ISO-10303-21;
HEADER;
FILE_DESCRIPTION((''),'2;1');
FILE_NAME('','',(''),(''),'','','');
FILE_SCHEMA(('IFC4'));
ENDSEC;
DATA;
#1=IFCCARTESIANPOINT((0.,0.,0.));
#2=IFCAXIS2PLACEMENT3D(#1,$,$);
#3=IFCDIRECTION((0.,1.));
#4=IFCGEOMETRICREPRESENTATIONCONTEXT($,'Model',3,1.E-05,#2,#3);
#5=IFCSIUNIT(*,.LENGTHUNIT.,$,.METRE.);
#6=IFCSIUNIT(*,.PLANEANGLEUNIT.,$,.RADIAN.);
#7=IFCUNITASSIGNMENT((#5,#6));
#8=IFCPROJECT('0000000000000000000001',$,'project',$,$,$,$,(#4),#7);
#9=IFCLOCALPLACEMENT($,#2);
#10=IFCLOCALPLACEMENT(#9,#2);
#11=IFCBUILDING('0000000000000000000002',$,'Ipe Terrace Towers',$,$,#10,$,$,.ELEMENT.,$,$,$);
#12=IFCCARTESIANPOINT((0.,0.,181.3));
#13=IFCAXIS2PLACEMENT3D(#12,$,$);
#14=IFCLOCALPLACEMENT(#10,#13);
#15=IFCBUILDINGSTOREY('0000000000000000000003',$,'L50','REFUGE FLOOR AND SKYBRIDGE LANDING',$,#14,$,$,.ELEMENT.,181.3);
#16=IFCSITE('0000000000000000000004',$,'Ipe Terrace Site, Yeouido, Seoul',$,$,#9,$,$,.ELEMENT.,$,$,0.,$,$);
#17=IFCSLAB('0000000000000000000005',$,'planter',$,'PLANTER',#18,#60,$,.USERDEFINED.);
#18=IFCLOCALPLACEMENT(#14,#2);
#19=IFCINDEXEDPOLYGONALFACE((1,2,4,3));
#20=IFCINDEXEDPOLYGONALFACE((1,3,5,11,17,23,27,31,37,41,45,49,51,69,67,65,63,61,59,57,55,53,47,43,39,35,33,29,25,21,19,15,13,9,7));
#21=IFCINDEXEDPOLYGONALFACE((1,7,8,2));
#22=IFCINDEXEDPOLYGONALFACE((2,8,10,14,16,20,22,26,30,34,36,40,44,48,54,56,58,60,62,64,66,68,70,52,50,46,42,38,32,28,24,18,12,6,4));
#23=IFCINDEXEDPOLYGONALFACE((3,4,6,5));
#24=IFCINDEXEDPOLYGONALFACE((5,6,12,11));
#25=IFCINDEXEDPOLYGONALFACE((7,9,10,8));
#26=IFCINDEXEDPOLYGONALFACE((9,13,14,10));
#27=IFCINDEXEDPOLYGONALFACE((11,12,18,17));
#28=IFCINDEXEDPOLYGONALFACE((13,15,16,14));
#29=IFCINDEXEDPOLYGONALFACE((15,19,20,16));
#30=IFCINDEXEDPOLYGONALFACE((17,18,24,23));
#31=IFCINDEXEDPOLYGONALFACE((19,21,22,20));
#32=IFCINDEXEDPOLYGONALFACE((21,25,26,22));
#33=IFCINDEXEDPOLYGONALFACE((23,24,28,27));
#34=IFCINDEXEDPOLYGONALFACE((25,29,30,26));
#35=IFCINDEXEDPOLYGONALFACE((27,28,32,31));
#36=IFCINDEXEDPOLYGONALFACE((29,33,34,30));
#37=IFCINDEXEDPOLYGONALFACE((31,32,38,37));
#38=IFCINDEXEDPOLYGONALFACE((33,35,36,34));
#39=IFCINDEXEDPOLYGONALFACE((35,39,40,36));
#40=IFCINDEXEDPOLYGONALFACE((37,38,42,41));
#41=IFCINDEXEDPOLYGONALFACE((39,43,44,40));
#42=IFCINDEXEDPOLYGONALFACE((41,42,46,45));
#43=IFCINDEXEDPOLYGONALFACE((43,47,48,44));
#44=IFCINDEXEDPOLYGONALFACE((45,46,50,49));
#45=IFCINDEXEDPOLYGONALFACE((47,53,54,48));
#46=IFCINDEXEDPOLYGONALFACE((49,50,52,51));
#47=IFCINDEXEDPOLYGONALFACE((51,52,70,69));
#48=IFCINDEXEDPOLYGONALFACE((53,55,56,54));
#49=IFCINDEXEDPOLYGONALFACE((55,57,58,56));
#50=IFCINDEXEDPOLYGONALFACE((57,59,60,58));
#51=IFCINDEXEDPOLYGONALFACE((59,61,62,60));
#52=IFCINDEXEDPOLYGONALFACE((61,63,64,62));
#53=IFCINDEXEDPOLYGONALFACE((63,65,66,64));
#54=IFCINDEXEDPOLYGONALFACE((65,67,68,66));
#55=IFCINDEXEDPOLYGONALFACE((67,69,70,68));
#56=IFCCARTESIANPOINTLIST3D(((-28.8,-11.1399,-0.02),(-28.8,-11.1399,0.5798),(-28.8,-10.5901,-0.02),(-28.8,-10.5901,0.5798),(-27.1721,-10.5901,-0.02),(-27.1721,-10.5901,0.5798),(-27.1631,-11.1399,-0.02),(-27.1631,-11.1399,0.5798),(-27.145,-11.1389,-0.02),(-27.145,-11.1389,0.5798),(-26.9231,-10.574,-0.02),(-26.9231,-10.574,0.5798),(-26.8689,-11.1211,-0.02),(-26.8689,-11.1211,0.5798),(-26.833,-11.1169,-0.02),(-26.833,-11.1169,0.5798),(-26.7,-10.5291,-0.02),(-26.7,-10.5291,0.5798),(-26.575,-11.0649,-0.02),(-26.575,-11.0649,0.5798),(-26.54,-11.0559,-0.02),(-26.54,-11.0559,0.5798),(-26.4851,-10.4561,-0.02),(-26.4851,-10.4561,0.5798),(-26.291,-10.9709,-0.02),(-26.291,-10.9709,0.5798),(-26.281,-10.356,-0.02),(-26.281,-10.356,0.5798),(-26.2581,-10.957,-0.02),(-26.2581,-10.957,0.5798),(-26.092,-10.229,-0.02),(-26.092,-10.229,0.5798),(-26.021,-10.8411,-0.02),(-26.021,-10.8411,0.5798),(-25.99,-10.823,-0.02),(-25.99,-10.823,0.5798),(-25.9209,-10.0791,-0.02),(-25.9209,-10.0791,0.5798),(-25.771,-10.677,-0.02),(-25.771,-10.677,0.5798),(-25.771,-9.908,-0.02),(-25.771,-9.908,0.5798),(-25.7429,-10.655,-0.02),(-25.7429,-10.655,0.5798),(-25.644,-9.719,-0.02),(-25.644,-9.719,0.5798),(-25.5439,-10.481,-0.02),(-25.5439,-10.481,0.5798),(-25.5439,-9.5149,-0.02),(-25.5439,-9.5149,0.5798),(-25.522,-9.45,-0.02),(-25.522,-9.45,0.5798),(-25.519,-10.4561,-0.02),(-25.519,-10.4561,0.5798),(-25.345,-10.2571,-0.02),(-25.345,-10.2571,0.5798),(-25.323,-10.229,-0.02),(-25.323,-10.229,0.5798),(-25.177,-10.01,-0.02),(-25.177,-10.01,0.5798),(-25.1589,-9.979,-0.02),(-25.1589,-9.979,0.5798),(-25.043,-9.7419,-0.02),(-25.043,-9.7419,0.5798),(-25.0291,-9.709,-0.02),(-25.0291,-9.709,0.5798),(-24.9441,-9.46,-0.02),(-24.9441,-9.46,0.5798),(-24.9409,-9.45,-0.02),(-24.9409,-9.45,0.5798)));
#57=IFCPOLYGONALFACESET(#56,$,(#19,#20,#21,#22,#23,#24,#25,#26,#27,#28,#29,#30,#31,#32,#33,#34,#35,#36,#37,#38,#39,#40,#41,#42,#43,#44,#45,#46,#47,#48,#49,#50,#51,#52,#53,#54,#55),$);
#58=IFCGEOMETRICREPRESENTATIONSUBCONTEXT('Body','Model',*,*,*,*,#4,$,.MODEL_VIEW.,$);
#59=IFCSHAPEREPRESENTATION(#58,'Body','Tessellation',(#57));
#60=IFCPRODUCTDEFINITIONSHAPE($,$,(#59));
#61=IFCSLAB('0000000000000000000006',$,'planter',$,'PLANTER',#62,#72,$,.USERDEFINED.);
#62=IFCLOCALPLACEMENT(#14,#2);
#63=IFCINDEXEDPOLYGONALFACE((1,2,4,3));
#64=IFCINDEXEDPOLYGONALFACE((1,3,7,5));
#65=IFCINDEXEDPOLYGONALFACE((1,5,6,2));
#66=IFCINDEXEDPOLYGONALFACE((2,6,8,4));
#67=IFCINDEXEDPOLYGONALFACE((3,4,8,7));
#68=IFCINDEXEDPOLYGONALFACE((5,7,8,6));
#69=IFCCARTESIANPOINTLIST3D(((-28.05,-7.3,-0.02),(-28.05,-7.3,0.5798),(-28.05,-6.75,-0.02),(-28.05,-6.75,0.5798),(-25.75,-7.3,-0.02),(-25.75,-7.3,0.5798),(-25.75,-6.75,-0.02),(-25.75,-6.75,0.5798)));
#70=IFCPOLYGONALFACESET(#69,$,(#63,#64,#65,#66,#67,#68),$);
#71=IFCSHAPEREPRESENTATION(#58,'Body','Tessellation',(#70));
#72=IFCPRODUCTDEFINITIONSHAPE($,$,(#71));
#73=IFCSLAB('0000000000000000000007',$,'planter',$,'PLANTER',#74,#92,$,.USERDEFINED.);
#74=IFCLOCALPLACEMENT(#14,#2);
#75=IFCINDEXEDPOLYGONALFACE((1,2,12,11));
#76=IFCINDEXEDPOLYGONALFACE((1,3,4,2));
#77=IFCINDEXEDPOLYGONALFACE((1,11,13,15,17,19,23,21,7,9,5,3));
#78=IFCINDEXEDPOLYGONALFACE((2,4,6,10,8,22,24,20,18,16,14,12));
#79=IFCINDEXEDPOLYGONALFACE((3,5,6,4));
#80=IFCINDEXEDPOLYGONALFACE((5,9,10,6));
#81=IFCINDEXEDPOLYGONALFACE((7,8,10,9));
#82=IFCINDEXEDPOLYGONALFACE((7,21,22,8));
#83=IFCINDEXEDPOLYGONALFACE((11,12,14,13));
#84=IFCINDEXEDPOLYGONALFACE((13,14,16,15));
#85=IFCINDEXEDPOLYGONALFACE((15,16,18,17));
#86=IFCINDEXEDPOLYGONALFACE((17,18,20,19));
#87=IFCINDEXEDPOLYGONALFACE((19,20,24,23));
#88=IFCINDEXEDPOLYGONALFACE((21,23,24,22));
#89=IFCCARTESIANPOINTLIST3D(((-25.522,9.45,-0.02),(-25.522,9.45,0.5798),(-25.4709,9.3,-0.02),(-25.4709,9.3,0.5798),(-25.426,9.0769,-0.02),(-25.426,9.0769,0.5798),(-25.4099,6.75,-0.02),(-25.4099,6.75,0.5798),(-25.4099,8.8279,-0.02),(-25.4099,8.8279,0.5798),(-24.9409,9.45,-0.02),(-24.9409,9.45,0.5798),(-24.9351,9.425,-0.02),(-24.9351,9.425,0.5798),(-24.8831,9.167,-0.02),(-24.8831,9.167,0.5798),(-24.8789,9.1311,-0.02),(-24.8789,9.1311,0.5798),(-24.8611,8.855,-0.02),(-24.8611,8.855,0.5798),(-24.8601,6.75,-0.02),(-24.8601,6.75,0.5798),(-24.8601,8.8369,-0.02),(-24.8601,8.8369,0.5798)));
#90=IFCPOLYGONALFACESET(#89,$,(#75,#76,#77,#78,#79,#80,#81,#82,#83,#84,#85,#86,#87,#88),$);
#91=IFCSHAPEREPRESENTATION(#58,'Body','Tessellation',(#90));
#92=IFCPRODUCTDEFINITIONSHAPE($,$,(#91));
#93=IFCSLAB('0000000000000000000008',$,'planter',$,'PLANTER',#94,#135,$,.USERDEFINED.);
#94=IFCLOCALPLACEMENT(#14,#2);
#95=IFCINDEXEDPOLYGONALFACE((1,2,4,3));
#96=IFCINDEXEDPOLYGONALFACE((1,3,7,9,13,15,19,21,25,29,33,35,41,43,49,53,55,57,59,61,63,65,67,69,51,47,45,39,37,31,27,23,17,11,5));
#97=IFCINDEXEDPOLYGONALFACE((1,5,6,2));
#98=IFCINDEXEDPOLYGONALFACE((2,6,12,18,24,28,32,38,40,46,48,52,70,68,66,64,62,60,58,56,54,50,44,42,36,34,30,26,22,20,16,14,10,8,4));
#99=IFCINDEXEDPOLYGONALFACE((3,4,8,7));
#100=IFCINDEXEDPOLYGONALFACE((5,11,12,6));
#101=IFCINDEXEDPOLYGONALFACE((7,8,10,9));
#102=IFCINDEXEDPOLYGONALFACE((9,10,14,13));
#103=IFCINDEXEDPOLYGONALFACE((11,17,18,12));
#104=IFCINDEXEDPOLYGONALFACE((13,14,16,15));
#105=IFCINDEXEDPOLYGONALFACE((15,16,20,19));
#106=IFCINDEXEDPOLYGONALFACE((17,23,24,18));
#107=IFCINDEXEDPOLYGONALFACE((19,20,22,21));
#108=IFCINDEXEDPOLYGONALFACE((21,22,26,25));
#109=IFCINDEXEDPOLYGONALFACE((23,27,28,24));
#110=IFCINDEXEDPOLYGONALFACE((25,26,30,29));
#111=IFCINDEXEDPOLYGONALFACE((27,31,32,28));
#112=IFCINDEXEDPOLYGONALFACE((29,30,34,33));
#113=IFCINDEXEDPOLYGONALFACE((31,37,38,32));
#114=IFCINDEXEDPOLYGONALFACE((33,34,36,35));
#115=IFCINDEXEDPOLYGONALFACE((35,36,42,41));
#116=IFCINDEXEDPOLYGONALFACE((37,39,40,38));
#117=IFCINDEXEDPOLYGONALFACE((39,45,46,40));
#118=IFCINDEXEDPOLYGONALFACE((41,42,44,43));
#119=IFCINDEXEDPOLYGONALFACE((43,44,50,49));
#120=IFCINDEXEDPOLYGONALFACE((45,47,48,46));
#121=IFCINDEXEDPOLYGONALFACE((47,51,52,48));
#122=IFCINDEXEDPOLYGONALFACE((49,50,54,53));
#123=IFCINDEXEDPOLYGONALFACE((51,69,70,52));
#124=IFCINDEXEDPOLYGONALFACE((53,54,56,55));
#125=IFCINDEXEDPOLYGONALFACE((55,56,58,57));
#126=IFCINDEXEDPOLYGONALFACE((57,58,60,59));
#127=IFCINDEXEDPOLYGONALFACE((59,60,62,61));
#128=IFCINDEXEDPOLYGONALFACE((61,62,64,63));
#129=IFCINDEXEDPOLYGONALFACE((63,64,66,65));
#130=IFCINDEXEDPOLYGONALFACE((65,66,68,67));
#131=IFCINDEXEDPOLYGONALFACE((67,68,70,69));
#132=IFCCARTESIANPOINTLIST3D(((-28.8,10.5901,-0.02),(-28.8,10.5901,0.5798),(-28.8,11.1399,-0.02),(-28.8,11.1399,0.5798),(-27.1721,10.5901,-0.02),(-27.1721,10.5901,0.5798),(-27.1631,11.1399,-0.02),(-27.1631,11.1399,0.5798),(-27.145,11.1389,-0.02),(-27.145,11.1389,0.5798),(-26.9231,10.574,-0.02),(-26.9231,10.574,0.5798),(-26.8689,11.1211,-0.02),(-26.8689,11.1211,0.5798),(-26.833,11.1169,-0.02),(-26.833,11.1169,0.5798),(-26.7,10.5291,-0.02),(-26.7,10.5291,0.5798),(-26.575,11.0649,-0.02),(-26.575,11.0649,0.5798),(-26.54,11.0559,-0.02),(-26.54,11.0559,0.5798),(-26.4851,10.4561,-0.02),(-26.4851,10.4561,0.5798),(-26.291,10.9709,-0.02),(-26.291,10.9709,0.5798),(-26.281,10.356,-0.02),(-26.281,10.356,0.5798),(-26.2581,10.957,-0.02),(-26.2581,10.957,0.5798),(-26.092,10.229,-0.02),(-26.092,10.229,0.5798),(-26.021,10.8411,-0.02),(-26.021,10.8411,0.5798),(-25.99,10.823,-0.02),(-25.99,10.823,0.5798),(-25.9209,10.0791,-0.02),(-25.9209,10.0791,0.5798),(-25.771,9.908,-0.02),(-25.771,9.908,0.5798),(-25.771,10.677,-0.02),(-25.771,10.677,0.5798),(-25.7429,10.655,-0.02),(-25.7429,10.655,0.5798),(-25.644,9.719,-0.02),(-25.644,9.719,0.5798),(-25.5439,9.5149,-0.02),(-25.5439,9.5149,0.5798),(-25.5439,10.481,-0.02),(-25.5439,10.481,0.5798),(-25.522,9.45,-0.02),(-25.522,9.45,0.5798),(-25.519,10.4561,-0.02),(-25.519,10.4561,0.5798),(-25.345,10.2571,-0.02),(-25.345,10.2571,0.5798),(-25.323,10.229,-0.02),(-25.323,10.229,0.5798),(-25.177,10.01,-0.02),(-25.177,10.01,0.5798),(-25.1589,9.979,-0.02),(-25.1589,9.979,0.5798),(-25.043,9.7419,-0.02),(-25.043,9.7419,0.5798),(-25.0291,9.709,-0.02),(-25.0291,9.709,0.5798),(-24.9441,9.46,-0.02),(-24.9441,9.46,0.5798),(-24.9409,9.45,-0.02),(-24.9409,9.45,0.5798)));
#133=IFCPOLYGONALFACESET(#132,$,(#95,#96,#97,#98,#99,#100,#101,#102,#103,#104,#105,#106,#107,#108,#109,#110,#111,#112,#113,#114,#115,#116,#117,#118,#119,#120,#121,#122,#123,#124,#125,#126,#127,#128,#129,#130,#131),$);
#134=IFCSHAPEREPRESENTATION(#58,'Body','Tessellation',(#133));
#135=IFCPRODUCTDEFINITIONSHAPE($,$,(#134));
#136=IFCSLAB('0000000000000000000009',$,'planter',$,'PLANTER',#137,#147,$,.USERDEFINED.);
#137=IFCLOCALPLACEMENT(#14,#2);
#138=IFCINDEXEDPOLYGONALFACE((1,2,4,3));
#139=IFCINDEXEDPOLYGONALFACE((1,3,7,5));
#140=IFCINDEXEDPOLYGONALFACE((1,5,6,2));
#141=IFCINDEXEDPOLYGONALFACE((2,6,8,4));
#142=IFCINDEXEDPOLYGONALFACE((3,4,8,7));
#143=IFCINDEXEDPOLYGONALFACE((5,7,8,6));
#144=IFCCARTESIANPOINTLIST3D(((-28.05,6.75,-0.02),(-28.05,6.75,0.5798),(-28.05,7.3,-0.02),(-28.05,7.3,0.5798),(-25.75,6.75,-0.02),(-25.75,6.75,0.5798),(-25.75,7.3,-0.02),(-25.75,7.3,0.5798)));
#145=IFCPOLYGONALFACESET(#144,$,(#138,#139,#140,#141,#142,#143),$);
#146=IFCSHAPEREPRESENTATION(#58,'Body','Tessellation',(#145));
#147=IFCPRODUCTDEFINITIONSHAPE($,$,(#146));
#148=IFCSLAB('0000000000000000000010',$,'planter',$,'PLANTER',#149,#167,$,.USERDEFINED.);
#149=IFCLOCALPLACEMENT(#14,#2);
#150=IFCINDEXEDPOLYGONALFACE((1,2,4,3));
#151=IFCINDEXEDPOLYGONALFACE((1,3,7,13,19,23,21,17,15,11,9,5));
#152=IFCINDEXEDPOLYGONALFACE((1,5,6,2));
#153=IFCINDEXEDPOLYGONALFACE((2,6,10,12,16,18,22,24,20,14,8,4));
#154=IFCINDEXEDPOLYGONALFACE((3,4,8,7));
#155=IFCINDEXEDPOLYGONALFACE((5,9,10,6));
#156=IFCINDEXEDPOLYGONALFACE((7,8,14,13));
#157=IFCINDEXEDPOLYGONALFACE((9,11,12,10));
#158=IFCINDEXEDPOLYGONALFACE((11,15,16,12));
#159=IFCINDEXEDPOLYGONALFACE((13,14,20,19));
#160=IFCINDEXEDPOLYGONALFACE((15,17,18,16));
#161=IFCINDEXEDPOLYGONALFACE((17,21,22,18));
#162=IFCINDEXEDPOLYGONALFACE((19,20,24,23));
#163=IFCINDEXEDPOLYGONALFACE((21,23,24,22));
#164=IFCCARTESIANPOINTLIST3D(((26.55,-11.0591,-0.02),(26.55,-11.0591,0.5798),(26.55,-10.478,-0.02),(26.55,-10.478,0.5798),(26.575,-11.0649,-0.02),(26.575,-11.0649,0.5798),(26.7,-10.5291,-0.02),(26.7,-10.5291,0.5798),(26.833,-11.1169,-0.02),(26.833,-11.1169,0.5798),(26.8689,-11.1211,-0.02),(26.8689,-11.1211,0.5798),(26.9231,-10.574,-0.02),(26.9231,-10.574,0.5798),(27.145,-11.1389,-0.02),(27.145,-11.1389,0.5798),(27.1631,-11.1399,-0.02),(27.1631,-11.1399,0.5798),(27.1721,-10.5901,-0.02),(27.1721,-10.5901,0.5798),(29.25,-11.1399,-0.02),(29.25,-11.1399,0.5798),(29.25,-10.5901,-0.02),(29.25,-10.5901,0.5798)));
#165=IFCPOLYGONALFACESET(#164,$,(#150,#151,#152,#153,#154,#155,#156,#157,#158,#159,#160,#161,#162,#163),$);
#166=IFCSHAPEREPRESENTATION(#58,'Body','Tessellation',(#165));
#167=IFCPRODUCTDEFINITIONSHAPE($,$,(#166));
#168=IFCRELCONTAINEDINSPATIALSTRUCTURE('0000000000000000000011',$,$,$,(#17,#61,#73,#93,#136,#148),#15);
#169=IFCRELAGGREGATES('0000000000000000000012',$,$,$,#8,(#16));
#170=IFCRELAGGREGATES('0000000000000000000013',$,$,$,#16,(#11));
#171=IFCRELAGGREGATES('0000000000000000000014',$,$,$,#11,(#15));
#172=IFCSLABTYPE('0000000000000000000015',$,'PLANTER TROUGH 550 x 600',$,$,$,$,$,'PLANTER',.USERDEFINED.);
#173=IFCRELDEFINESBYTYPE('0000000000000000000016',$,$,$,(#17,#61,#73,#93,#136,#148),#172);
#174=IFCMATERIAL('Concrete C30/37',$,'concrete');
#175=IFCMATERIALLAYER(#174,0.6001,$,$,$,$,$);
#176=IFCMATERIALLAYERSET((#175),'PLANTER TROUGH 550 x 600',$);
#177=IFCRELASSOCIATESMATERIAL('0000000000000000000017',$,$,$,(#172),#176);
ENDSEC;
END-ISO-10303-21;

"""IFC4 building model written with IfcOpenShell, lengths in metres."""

from ifc_helpers import new_model, si_unit, direction, frame, origin, place, context, subcontext, project, spatial, polyline, outline, extrude, material, layer, layer_set, type_object, element, save


model = new_model("IFC4")

# Units and contexts
model_context = context("Model", 3, precision=1e-05, world=origin(), true_north=direction((0.0, 1.0)))
body_context = subcontext(model_context, "Body", "Model", "MODEL_VIEW")
ifc_project = project(units=[si_unit("LENGTHUNIT", "METRE"), si_unit("PLANEANGLEUNIT", "RADIAN")], contexts=[model_context])

# Site, building, storey
site_placement = place(None, origin())
site = spatial("IfcSite", under=ifc_project, at=site_placement, Name="Ipe Terrace Site, Yeouido, Seoul", CompositionType="ELEMENT", RefElevation=0.0)
building_placement = place(site_placement, origin())
building = spatial("IfcBuilding", under=site, at=building_placement, Name="Ipe Terrace Towers", CompositionType="ELEMENT")
storey_placement = place(building_placement, frame((0.0, 0.0, 181.3)))
storey = spatial("IfcBuildingStorey", under=building, at=storey_placement, Name="L50", Description="REFUGE FLOOR AND SKYBRIDGE LANDING", CompositionType="ELEMENT", Elevation=181.3)

# Slabs
ifc_material_1 = material(Name="Concrete C30/37", Category="concrete")
ifc_layer_1 = layer(ifc_material_1, 0.6001)
ifc_layer_set_1 = layer_set([ifc_layer_1], Name="PLANTER TROUGH 550 x 600")
slab_type_1 = type_object("IfcSlabType", Name="PLANTER TROUGH 550 x 600", ElementType="PLANTER", PredefinedType="USERDEFINED", material=ifc_layer_set_1)
slab_1_placement = place(storey_placement, frame((0.0, 0.0, -0.02)))
element("IfcSlab", 1, at=slab_1_placement, inside=storey, type_object=slab_type_1, Name="planter", ObjectType="PLANTER", PredefinedType="USERDEFINED", context=body_context, shape_type="SweptSolid", body=[
    extrude(outline(polyline([(-25.5439, -9.5149), (-25.644, -9.719), (-25.771, -9.908), (-25.9209, -10.0791), (-26.092, -10.229), (-26.281, -10.356), (-26.4851, -10.4561), (-26.7, -10.5291), (-26.9231, -10.574), (-27.1721, -10.5901), (-28.8, -10.5901), (-28.8, -11.1399), (-27.1631, -11.1399), (-27.145, -11.1389), (-26.8689, -11.1211), (-26.833, -11.1169), (-26.575, -11.0649), (-26.54, -11.0559), (-26.291, -10.9709), (-26.2581, -10.957), (-26.021, -10.8411), (-25.99, -10.823), (-25.771, -10.677), (-25.7429, -10.655), (-25.5439, -10.481), (-25.519, -10.4561), (-25.345, -10.2571), (-25.323, -10.229), (-25.177, -10.01), (-25.1589, -9.979), (-25.043, -9.7419), (-25.0291, -9.709), (-24.9441, -9.46), (-24.9409, -9.45), (-25.522, -9.45), (-25.5439, -9.5149)])), origin(), (0.0, 0.0, 1.0), 0.5999),
])
slab_2_placement = place(storey_placement, frame((0.0, 0.0, -0.02)))
element("IfcSlab", 2, at=slab_2_placement, inside=storey, type_object=slab_type_1, Name="planter", ObjectType="PLANTER", PredefinedType="USERDEFINED", context=body_context, shape_type="SweptSolid", body=[
    extrude(outline(polyline([(-28.05, -6.75), (-28.05, -7.3), (-25.75, -7.3), (-25.75, -6.75), (-28.05, -6.75)])), origin(), (0.0, 0.0, 1.0), 0.5999),
])
slab_3_placement = place(storey_placement, frame((0.0, 0.0, -0.02)))
element("IfcSlab", 3, at=slab_3_placement, inside=storey, type_object=slab_type_1, Name="planter", ObjectType="PLANTER", PredefinedType="USERDEFINED", context=body_context, shape_type="SweptSolid", body=[
    extrude(outline(polyline([(-25.4709, 9.3), (-25.426, 9.0769), (-25.4099, 8.8279), (-25.4099, 6.75), (-24.8601, 6.75), (-24.8601, 8.8369), (-24.8611, 8.855), (-24.8789, 9.1311), (-24.8831, 9.167), (-24.9351, 9.425), (-24.9409, 9.45), (-25.522, 9.45), (-25.4709, 9.3)])), origin(), (0.0, 0.0, 1.0), 0.5999),
])
slab_4_placement = place(storey_placement, frame((0.0, 0.0, -0.02)))
element("IfcSlab", 4, at=slab_4_placement, inside=storey, type_object=slab_type_1, Name="planter", ObjectType="PLANTER", PredefinedType="USERDEFINED", context=body_context, shape_type="SweptSolid", body=[
    extrude(outline(polyline([(-25.5439, 9.5149), (-25.522, 9.45), (-24.9409, 9.45), (-24.9441, 9.46), (-25.0291, 9.709), (-25.043, 9.7419), (-25.1589, 9.979), (-25.177, 10.01), (-25.323, 10.229), (-25.345, 10.2571), (-25.519, 10.4561), (-25.5439, 10.481), (-25.7429, 10.655), (-25.771, 10.677), (-25.99, 10.823), (-26.021, 10.8411), (-26.2581, 10.957), (-26.291, 10.9709), (-26.54, 11.0559), (-26.575, 11.0649), (-26.833, 11.1169), (-26.8689, 11.1211), (-27.145, 11.1389), (-27.1631, 11.1399), (-28.8, 11.1399), (-28.8, 10.5901), (-27.1721, 10.5901), (-26.9231, 10.574), (-26.7, 10.5291), (-26.4851, 10.4561), (-26.281, 10.356), (-26.092, 10.229), (-25.9209, 10.0791), (-25.771, 9.908), (-25.644, 9.719), (-25.5439, 9.5149)])), origin(), (0.0, 0.0, 1.0), 0.5999),
])
slab_5_placement = place(storey_placement, frame((0.0, 0.0, -0.02)))
element("IfcSlab", 5, at=slab_5_placement, inside=storey, type_object=slab_type_1, Name="planter", ObjectType="PLANTER", PredefinedType="USERDEFINED", context=body_context, shape_type="SweptSolid", body=[
    extrude(outline(polyline([(-28.05, 6.75), (-25.75, 6.75), (-25.75, 7.3), (-28.05, 7.3), (-28.05, 6.75)])), origin(), (0.0, 0.0, 1.0), 0.5999),
])
slab_6_placement = place(storey_placement, frame((0.0, 0.0, -0.02)))
element("IfcSlab", 6, at=slab_6_placement, inside=storey, type_object=slab_type_1, Name="planter", ObjectType="PLANTER", PredefinedType="USERDEFINED", context=body_context, shape_type="SweptSolid", body=[
    extrude(outline(polyline([(26.7, -10.5291), (26.55, -10.478), (26.55, -11.0591), (26.575, -11.0649), (26.833, -11.1169), (26.8689, -11.1211), (27.145, -11.1389), (27.1631, -11.1399), (29.25, -11.1399), (29.25, -10.5901), (27.1721, -10.5901), (26.9231, -10.574), (26.7, -10.5291)])), origin(), (0.0, 0.0, 1.0), 0.5999),
])

save(model, "model.ifc")
